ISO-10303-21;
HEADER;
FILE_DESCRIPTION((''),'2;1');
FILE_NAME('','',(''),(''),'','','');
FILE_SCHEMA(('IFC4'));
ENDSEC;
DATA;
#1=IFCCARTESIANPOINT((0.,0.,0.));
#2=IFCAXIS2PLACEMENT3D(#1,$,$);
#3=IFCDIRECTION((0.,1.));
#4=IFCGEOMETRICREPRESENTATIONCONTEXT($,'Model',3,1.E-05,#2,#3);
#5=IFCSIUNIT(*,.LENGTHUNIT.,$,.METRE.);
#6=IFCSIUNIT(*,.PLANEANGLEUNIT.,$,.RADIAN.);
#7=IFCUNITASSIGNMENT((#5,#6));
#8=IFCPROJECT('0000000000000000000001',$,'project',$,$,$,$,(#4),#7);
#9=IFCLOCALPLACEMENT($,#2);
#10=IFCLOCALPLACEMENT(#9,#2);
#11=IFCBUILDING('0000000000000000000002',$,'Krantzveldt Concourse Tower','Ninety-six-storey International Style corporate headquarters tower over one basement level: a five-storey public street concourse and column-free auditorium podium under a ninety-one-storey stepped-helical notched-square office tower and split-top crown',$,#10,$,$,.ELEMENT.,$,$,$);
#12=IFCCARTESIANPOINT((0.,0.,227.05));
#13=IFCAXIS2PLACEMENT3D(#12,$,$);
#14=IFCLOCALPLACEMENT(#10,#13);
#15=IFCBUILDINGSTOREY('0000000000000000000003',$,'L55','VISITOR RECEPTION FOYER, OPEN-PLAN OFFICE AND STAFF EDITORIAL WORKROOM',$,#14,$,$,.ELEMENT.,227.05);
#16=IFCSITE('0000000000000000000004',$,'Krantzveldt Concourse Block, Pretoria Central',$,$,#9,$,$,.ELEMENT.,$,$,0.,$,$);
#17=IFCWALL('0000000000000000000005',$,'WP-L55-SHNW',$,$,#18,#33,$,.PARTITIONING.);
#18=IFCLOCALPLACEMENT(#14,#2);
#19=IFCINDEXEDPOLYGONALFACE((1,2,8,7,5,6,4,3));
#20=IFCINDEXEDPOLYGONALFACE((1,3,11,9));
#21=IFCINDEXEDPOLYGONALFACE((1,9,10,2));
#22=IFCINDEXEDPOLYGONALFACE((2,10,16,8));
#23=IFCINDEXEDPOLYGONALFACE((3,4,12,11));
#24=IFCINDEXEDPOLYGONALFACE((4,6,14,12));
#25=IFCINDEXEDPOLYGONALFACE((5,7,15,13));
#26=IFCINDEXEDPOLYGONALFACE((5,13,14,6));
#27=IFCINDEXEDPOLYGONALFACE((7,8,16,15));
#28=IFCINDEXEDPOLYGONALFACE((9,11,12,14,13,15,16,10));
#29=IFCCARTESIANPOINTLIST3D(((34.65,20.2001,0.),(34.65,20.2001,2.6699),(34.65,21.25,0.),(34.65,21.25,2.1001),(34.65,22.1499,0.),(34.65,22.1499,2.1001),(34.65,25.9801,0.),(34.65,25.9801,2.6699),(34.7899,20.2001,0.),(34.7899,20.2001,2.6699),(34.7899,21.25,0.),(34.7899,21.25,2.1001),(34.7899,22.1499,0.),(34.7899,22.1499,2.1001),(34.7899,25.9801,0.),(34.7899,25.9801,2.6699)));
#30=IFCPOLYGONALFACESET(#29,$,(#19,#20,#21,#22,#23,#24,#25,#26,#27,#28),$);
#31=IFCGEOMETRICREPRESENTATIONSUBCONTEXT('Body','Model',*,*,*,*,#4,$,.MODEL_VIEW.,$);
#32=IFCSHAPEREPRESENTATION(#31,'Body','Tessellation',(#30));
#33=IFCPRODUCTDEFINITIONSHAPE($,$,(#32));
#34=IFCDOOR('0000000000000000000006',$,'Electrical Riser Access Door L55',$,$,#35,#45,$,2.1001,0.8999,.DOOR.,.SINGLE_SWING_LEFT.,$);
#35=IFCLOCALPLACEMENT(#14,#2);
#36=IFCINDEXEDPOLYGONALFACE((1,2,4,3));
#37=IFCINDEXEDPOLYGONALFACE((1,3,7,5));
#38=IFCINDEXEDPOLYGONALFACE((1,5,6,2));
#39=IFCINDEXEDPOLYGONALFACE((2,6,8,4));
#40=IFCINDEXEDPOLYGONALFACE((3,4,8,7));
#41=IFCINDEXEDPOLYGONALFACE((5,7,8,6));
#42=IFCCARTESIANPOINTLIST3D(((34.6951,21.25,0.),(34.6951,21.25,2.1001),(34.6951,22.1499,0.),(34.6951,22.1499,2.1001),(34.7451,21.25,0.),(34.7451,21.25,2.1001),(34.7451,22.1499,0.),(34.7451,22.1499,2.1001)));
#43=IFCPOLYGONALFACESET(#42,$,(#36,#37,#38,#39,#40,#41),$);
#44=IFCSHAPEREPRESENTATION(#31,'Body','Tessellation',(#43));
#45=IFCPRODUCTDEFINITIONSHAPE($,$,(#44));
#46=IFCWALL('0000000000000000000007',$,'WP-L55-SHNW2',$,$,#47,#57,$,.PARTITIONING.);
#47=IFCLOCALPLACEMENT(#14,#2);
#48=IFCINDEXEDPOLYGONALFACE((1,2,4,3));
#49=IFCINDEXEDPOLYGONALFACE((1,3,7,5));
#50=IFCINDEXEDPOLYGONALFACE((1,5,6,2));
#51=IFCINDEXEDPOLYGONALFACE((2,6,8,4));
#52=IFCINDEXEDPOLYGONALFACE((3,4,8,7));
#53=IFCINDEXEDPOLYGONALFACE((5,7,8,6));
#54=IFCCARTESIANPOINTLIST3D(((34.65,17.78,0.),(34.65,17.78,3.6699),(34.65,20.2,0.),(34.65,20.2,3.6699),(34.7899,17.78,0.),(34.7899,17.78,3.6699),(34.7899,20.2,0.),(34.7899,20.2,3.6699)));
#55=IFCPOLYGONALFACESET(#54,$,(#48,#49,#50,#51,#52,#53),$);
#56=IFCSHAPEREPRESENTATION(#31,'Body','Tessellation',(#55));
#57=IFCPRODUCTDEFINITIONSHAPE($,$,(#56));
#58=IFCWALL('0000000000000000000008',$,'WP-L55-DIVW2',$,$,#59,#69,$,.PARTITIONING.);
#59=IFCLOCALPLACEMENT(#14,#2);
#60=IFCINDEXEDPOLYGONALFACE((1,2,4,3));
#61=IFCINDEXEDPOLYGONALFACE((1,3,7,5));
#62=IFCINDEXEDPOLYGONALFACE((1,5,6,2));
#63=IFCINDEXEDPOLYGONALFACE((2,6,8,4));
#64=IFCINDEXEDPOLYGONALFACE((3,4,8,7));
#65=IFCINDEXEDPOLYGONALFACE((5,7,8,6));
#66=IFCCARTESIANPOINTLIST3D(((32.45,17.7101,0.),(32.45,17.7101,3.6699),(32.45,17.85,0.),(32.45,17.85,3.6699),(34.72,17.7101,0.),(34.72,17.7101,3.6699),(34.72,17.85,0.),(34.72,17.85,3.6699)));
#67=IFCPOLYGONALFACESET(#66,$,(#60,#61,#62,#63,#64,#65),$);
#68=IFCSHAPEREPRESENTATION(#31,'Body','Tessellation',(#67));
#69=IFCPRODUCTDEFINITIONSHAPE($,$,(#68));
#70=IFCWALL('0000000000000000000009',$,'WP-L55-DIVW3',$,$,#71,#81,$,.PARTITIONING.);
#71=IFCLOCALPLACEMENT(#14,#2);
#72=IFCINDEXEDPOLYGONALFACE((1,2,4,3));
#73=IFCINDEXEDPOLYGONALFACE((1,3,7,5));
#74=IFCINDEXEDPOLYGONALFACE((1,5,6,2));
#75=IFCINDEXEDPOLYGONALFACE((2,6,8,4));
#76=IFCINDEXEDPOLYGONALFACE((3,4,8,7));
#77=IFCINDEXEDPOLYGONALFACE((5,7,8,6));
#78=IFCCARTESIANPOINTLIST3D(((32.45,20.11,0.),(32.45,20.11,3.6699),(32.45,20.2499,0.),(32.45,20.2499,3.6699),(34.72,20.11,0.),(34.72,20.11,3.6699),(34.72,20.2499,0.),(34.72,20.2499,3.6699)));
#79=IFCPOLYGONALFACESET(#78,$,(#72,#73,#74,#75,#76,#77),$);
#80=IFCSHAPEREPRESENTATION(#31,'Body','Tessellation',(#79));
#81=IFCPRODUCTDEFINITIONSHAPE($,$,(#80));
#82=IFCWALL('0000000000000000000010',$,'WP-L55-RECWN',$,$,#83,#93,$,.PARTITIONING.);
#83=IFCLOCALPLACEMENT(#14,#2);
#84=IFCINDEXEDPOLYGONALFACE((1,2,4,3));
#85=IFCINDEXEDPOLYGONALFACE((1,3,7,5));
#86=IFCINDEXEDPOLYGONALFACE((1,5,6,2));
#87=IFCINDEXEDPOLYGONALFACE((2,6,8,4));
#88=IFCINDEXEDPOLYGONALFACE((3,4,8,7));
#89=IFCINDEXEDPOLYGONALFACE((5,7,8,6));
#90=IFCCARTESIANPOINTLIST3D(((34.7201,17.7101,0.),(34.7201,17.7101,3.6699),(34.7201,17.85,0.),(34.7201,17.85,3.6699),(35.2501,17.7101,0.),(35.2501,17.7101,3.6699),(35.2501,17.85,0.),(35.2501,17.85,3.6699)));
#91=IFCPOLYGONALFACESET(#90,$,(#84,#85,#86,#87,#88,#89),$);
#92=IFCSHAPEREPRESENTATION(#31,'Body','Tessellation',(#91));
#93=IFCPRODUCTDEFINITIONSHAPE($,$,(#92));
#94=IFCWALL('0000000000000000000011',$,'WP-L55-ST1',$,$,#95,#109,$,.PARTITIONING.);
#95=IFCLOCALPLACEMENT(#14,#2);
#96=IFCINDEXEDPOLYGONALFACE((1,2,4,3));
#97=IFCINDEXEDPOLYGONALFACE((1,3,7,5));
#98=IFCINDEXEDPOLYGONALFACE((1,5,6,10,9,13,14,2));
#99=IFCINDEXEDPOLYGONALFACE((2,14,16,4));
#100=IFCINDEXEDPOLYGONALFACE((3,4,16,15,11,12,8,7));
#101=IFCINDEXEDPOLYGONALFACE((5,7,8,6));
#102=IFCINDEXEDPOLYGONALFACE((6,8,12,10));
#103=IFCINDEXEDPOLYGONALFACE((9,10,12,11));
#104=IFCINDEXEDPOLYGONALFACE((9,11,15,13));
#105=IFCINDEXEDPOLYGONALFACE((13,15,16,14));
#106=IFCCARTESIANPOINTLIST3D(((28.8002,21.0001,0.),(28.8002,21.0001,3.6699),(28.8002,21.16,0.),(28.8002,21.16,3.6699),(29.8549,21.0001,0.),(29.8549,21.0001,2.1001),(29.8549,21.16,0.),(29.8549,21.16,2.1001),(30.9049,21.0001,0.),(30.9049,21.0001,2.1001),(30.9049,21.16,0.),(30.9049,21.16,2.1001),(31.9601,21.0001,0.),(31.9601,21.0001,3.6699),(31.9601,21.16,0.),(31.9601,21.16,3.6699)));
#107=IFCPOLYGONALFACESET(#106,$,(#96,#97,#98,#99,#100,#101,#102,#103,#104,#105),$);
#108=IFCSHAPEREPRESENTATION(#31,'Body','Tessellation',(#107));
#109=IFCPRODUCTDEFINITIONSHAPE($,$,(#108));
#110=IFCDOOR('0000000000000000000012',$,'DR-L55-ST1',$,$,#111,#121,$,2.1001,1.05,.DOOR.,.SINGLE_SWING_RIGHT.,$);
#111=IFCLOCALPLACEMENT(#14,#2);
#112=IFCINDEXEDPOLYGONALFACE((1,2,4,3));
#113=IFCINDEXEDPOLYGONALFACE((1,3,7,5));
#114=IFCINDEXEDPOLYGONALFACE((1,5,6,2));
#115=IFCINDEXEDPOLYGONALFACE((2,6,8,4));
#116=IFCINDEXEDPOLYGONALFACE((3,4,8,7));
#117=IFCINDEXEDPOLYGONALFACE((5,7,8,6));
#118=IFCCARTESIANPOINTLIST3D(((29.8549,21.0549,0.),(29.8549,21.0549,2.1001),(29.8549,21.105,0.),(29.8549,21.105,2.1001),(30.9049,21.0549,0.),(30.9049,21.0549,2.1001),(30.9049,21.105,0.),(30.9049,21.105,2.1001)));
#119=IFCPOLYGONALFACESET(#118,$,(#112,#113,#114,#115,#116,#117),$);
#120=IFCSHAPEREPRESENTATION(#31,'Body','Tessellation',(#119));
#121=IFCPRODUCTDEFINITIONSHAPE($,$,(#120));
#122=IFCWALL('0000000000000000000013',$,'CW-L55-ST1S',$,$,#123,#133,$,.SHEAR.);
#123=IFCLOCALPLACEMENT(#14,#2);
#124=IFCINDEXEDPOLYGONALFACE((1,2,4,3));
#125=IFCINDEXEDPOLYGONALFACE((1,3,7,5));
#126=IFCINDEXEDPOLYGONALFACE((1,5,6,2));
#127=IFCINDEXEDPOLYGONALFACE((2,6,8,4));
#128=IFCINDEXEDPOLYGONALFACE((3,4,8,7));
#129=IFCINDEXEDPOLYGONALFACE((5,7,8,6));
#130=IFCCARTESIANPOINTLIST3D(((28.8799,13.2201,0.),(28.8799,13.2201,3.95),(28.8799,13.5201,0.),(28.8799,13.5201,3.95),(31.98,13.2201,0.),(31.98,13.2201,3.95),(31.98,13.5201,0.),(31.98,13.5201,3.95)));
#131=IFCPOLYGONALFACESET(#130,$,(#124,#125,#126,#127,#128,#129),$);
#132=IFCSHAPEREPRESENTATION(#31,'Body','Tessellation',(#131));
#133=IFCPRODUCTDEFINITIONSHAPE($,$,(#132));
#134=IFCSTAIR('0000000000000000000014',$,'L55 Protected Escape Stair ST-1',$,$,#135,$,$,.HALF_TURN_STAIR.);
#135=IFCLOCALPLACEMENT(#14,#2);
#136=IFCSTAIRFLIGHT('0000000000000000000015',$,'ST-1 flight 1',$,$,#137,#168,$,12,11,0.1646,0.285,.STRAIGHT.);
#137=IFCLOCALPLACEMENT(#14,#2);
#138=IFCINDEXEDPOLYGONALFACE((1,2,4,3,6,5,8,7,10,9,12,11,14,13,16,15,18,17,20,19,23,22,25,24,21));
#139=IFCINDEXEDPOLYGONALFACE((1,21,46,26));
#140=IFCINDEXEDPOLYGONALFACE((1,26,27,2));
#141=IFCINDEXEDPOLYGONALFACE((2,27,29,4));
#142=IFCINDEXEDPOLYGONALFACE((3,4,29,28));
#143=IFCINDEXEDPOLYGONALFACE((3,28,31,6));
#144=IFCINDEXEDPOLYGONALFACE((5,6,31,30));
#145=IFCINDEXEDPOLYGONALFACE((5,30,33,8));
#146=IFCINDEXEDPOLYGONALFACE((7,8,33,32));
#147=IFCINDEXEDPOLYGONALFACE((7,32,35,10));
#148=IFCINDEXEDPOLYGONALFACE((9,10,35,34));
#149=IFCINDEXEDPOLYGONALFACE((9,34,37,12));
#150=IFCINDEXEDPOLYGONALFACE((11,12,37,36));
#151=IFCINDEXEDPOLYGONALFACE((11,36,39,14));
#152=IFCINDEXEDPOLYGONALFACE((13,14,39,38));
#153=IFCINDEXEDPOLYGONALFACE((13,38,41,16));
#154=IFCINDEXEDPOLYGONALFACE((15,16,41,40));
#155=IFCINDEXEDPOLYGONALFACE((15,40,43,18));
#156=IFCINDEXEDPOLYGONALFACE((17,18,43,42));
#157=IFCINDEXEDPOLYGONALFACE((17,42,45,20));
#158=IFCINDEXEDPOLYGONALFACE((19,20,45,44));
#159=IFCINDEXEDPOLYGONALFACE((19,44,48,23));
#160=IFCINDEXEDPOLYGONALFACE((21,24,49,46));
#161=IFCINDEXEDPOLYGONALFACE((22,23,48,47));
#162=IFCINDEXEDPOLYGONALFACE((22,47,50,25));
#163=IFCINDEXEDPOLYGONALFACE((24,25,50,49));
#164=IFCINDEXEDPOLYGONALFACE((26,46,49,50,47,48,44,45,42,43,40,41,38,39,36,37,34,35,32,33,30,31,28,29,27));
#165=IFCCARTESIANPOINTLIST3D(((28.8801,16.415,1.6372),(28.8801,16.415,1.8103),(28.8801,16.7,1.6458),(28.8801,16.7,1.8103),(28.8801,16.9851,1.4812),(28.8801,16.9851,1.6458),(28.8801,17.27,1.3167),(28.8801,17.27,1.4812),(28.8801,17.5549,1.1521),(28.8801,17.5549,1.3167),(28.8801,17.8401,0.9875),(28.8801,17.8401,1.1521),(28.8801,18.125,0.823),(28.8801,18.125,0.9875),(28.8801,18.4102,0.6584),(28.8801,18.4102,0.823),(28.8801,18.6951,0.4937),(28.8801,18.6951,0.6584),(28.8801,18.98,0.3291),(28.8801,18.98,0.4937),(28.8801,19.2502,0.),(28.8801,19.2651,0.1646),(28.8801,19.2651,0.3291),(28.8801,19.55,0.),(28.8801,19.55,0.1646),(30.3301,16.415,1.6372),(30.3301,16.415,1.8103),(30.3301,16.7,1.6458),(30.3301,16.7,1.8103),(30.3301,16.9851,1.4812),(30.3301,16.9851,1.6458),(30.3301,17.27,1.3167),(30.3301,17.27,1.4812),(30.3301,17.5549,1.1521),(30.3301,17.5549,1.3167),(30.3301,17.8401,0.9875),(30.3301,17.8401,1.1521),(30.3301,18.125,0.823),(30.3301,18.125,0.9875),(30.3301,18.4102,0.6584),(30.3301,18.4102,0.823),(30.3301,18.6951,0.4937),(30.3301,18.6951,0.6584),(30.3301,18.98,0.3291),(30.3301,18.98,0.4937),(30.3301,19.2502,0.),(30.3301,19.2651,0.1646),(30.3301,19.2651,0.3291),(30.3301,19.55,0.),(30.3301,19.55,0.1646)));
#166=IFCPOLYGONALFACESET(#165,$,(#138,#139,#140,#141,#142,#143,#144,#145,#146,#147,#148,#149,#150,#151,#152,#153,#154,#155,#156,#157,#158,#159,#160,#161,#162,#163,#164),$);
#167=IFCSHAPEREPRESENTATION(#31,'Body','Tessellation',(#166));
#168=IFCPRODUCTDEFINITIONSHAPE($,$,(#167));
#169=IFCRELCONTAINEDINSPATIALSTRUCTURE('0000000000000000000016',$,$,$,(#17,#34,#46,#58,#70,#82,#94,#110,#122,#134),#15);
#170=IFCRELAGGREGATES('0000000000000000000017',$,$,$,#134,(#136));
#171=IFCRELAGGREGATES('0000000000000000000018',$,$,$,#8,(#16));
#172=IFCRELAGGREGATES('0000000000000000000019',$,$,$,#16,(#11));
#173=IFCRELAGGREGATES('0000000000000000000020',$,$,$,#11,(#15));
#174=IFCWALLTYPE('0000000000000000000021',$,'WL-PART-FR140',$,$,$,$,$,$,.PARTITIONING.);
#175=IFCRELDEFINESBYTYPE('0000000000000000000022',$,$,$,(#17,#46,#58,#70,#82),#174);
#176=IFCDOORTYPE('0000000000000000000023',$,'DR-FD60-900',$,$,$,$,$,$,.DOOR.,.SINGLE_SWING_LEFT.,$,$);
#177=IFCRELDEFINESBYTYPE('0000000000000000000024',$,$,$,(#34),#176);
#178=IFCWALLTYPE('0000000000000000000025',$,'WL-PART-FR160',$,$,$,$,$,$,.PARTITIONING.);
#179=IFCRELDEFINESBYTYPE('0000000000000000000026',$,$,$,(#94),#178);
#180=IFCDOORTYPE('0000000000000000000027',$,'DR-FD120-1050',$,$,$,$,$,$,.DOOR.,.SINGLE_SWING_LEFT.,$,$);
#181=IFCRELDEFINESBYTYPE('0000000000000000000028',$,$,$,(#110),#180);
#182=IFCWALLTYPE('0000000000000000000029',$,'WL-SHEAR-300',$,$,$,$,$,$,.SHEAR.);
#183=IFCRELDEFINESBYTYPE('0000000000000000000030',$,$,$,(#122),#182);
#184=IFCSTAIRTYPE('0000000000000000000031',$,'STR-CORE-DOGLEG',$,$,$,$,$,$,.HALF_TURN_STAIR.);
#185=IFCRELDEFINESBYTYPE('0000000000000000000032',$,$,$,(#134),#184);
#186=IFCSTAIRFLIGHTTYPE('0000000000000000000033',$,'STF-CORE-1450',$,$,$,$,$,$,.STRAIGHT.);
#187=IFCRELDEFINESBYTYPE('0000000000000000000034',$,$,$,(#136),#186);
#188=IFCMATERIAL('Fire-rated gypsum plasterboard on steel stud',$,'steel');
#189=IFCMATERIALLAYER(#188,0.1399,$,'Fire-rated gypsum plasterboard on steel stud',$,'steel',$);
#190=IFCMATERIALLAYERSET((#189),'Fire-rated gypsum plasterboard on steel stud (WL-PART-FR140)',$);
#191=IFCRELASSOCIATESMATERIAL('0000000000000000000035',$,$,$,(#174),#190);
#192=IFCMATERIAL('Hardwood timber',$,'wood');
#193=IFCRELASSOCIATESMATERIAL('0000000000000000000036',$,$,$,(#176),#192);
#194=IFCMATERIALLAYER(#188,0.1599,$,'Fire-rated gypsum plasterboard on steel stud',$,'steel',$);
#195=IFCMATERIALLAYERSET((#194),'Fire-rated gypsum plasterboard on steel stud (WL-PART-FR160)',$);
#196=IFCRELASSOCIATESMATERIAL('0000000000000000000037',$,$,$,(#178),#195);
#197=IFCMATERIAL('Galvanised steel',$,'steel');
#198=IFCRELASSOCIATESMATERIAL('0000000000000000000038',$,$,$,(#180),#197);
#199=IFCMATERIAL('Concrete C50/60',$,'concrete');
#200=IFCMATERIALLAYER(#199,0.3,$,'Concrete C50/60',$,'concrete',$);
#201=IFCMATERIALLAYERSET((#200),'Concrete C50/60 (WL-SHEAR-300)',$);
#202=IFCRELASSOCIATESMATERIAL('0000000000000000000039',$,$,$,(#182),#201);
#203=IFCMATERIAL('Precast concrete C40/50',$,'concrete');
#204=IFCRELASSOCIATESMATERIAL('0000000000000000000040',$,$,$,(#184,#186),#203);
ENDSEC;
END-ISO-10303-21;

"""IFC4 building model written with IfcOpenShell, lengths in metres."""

from ifc_helpers import new_model, si_unit, direction, frame, frame_2d, origin, place, context, subcontext, project, spatial, polyline, rectangle, outline, extrude, material, layer, layer_set, type_object, element, fill, aggregate, save


model = new_model("IFC4")

# Units and contexts
model_context = context("Model", 3, precision=1e-05, world=origin(), true_north=direction((0.0, 1.0)))
body_context = subcontext(model_context, "Body", "Model", "MODEL_VIEW")
ifc_project = project(units=[si_unit("LENGTHUNIT", "METRE"), si_unit("PLANEANGLEUNIT", "RADIAN")], contexts=[model_context])

# Site, building, storey
site_placement = place(None, origin())
site = spatial("IfcSite", under=ifc_project, at=site_placement, Name="Krantzveldt Concourse Block, Pretoria Central", CompositionType="ELEMENT", RefElevation=0.0)
building_placement = place(site_placement, origin())
building = spatial("IfcBuilding", under=site, at=building_placement, Name="Krantzveldt Concourse Tower", Description="Ninety-six-storey International Style corporate headquarters tower over one basement level: a five-storey public street concourse and column-free auditorium podium under a ninety-one-storey stepped-helical notched-square office tower and split-top crown", CompositionType="ELEMENT")
storey_placement = place(building_placement, frame((0.0, 0.0, 227.05)))
storey = spatial("IfcBuildingStorey", under=building, at=storey_placement, Name="L55", Description="VISITOR RECEPTION FOYER, OPEN-PLAN OFFICE AND STAFF EDITORIAL WORKROOM", CompositionType="ELEMENT", Elevation=227.05)

# Wall, opening, door
ifc_material_1 = material(Name="Fire-rated gypsum plasterboard on steel stud", Category="steel")
ifc_layer_1 = layer(ifc_material_1, 0.1399, Name="Fire-rated gypsum plasterboard on steel stud", Category="steel")
ifc_layer_set_1 = layer_set([ifc_layer_1], Name="Fire-rated gypsum plasterboard on steel stud (WL-PART-FR140)")
wall_type_1 = type_object("IfcWallType", Name="WL-PART-FR140", PredefinedType="PARTITIONING", material=ifc_layer_set_1)
wall_1_placement = place(storey_placement, frame((34.72, 20.2, 0.0), z_axis=(0.0, 0.0, 1.0), x_axis=(0.0, 1.0, 0.0)))
wall_1 = element("IfcWall", 1, at=wall_1_placement, inside=storey, type_object=wall_type_1, Name="WP-L55-SHNW", PredefinedType="PARTITIONING", context=body_context, shape_type="SweptSolid", body=[
    extrude(rectangle(XDim=5.78, YDim=0.1399, at=frame_2d((2.8901, 0.0))), origin(), (0.0, 0.0, 1.0), 2.6699),
])
opening_1_placement = place(wall_1_placement, frame((1.05, 0.0, 0.0)))
opening_1 = element("IfcOpeningElement", 2, at=opening_1_placement, cuts=wall_1, PredefinedType="OPENING", context=body_context, shape_type="SweptSolid", body=[
    extrude(rectangle(XDim=0.8999, YDim=2.1001, at=frame_2d((0.45, 1.05))), frame((0.0, 0.0801, 0.0), z_axis=(0.0, -1.0, 0.0), x_axis=(1.0, 0.0, 0.0)), (0.0, 0.0, 1.0), 0.1599),
])
ifc_material_2 = material(Name="Hardwood timber", Category="wood")
door_type_1 = type_object("IfcDoorType", Name="DR-FD60-900", OperationType="SINGLE_SWING_LEFT", PredefinedType="DOOR", material=ifc_material_2)
door_1_placement = place(opening_1_placement, origin())
door_1 = element("IfcDoor", 3, at=door_1_placement, inside=storey, type_object=door_type_1, Name="Electrical Riser Access Door L55", OperationType="SINGLE_SWING_LEFT", OverallHeight=2.1001, OverallWidth=0.8999, PredefinedType="DOOR", context=body_context, shape_type="SweptSolid", body=[
    extrude(rectangle(XDim=0.8999, YDim=2.1001, at=frame_2d((0.45, 1.05))), frame((0.0, 0.0249, 0.0), z_axis=(0.0, -1.0, 0.0), x_axis=(1.0, 0.0, 0.0)), (0.0, 0.0, 1.0), 0.05),
])
fill(opening_1, door_1)

# Walls
wall_2_placement = place(storey_placement, frame((34.72, 17.78, 0.0), z_axis=(0.0, 0.0, 1.0), x_axis=(0.0, 1.0, 0.0)))
element("IfcWall", 4, at=wall_2_placement, inside=storey, type_object=wall_type_1, Name="WP-L55-SHNW2", PredefinedType="PARTITIONING", context=body_context, shape_type="SweptSolid", body=[
    extrude(rectangle(XDim=2.4199, YDim=0.1399, at=frame_2d((1.21, 0.0))), origin(), (0.0, 0.0, 1.0), 3.6699),
])
for number, where, z_axis, x_axis, name in (
    (5, (32.45, 17.78, 0.0), (0.0, 0.0, 1.0), (1.0, 0.0, 0.0), "WP-L55-DIVW2"),
    (6, (32.45, 20.1799, 0.0), (0.0, 0.0, 1.0), (1.0, 0.0, 0.0), "WP-L55-DIVW3"),
):
    element("IfcWall", number, at=place(storey_placement, frame(where, z_axis=z_axis, x_axis=x_axis)), inside=storey, type_object=wall_type_1, Name=name, PredefinedType="PARTITIONING", context=body_context, shape_type="SweptSolid", body=[
        extrude(rectangle(XDim=2.27, YDim=0.1399, at=frame_2d((1.135, 0.0))), origin(), (0.0, 0.0, 1.0), 3.6699),
    ])
wall_3_placement = place(storey_placement, frame((34.72, 17.78, 0.0), z_axis=(0.0, 0.0, 1.0), x_axis=(1.0, 0.0, 0.0)))
element("IfcWall", 7, at=wall_3_placement, inside=storey, type_object=wall_type_1, Name="WP-L55-RECWN", PredefinedType="PARTITIONING", context=body_context, shape_type="SweptSolid", body=[
    extrude(rectangle(XDim=0.53, YDim=0.1399, at=frame_2d((0.2651, 0.0))), origin(), (0.0, 0.0, 1.0), 3.6699),
])

# Wall, opening, door
ifc_layer_2 = layer(ifc_material_1, 0.1599, Name="Fire-rated gypsum plasterboard on steel stud", Category="steel")
ifc_layer_set_2 = layer_set([ifc_layer_2], Name="Fire-rated gypsum plasterboard on steel stud (WL-PART-FR160)")
wall_type_2 = type_object("IfcWallType", Name="WL-PART-FR160", PredefinedType="PARTITIONING", material=ifc_layer_set_2)
wall_4_placement = place(storey_placement, frame((28.8, 21.0801, 0.0), z_axis=(0.0, 0.0, 1.0), x_axis=(1.0, 0.0, 0.0)))
wall_4 = element("IfcWall", 8, at=wall_4_placement, inside=storey, type_object=wall_type_2, Name="WP-L55-ST1", PredefinedType="PARTITIONING", context=body_context, shape_type="SweptSolid", body=[
    extrude(rectangle(XDim=3.1599, YDim=0.1599, at=frame_2d((1.5801, 0.0))), origin(), (0.0, 0.0, 1.0), 3.6699),
])
opening_2_placement = place(wall_4_placement, frame((1.0549, 0.0, 0.0)))
opening_2 = element("IfcOpeningElement", 9, at=opening_2_placement, cuts=wall_4, PredefinedType="OPENING", context=body_context, shape_type="SweptSolid", body=[
    extrude(rectangle(XDim=1.05, YDim=2.1001, at=frame_2d((0.5249, 1.05))), frame((0.0, 0.0898, 0.0), z_axis=(0.0, -1.0, 0.0), x_axis=(1.0, 0.0, 0.0)), (0.0, 0.0, 1.0), 0.1799),
])
ifc_material_3 = material(Name="Galvanised steel", Category="steel")
door_type_2 = type_object("IfcDoorType", Name="DR-FD120-1050", OperationType="SINGLE_SWING_LEFT", PredefinedType="DOOR", material=ifc_material_3)
door_2_placement = place(opening_2_placement, origin())
door_2 = element("IfcDoor", 10, at=door_2_placement, inside=storey, type_object=door_type_2, Name="DR-L55-ST1", OperationType="SINGLE_SWING_RIGHT", OverallHeight=2.1001, OverallWidth=1.05, PredefinedType="DOOR", context=body_context, shape_type="SweptSolid", body=[
    extrude(rectangle(XDim=1.05, YDim=2.1001, at=frame_2d((0.5249, 1.05))), frame((0.0, 0.0249, 0.0), z_axis=(0.0, -1.0, 0.0), x_axis=(1.0, 0.0, 0.0)), (0.0, 0.0, 1.0), 0.05),
])
fill(opening_2, door_2)

# Wall
ifc_material_4 = material(Name="Concrete C50/60", Category="concrete")
ifc_layer_3 = layer(ifc_material_4, 0.3, Name="Concrete C50/60", Category="concrete")
ifc_layer_set_3 = layer_set([ifc_layer_3], Name="Concrete C50/60 (WL-SHEAR-300)")
wall_type_3 = type_object("IfcWallType", Name="WL-SHEAR-300", PredefinedType="SHEAR", material=ifc_layer_set_3)
wall_5_placement = place(storey_placement, frame((28.8799, 13.3701, 0.0), z_axis=(0.0, 0.0, 1.0), x_axis=(1.0, 0.0, 0.0)))
element("IfcWall", 11, at=wall_5_placement, inside=storey, type_object=wall_type_3, Name="CW-L55-ST1S", PredefinedType="SHEAR", context=body_context, shape_type="SweptSolid", body=[
    extrude(rectangle(XDim=3.1001, YDim=0.3, at=frame_2d((1.55, 0.0))), origin(), (0.0, 0.0, 1.0), 3.95),
])

# Stair, stair flight
ifc_material_5 = material(Name="Precast concrete C40/50", Category="concrete")
stair_type = type_object("IfcStairType", Name="STR-CORE-DOGLEG", PredefinedType="HALF_TURN_STAIR", material=ifc_material_5)
stair_placement = place(storey_placement, origin())
stair = element("IfcStair", 12, at=stair_placement, inside=storey, type_object=stair_type, Name="L55 Protected Escape Stair ST-1", PredefinedType="HALF_TURN_STAIR")
stair_flight_type = type_object("IfcStairFlightType", Name="STF-CORE-1450", PredefinedType="STRAIGHT", material=ifc_material_5)
stair_flight_1_placement = place(storey_placement, frame((29.605, 19.55, 0.0), z_axis=(0.0, 0.0, 1.0), x_axis=(0.0, -1.0, 0.0)))
stair_flight_1 = element("IfcStairFlight", 13, at=stair_flight_1_placement, type_object=stair_flight_type, Name="ST-1 flight 1", NumberOfRisers=12, NumberOfTreads=11, PredefinedType="STRAIGHT", RiserHeight=0.1646, TreadLength=0.285, context=body_context, shape_type="SweptSolid", body=[
    extrude(outline(polyline([(0.0, 0.0), (0.0, 0.1646), (0.2849, 0.1646), (0.2849, 0.3291), (0.5701, 0.3291), (0.5701, 0.4937), (0.855, 0.4937), (0.855, 0.6584), (1.1399, 0.6584), (1.1399, 0.823), (1.425, 0.823), (1.425, 0.9875), (1.71, 0.9875), (1.71, 1.1521), (1.9951, 1.1521), (1.9951, 1.3167), (2.28, 1.3167), (2.28, 1.4812), (2.5649, 1.4812), (2.5649, 1.6458), (2.8501, 1.6458), (2.8501, 1.8103), (3.135, 1.8103), (3.135, 1.9751), (3.135, 1.6372), (0.2998, 0.0), (0.0, 0.0)])), frame((0.0, 0.7251, 0.0), z_axis=(0.0, -1.0, 0.0), x_axis=(1.0, 0.0, 0.0)), (0.0, 0.0, 1.0), 1.45),
])
aggregate(stair, [stair_flight_1])

save(model, "model.ifc")
